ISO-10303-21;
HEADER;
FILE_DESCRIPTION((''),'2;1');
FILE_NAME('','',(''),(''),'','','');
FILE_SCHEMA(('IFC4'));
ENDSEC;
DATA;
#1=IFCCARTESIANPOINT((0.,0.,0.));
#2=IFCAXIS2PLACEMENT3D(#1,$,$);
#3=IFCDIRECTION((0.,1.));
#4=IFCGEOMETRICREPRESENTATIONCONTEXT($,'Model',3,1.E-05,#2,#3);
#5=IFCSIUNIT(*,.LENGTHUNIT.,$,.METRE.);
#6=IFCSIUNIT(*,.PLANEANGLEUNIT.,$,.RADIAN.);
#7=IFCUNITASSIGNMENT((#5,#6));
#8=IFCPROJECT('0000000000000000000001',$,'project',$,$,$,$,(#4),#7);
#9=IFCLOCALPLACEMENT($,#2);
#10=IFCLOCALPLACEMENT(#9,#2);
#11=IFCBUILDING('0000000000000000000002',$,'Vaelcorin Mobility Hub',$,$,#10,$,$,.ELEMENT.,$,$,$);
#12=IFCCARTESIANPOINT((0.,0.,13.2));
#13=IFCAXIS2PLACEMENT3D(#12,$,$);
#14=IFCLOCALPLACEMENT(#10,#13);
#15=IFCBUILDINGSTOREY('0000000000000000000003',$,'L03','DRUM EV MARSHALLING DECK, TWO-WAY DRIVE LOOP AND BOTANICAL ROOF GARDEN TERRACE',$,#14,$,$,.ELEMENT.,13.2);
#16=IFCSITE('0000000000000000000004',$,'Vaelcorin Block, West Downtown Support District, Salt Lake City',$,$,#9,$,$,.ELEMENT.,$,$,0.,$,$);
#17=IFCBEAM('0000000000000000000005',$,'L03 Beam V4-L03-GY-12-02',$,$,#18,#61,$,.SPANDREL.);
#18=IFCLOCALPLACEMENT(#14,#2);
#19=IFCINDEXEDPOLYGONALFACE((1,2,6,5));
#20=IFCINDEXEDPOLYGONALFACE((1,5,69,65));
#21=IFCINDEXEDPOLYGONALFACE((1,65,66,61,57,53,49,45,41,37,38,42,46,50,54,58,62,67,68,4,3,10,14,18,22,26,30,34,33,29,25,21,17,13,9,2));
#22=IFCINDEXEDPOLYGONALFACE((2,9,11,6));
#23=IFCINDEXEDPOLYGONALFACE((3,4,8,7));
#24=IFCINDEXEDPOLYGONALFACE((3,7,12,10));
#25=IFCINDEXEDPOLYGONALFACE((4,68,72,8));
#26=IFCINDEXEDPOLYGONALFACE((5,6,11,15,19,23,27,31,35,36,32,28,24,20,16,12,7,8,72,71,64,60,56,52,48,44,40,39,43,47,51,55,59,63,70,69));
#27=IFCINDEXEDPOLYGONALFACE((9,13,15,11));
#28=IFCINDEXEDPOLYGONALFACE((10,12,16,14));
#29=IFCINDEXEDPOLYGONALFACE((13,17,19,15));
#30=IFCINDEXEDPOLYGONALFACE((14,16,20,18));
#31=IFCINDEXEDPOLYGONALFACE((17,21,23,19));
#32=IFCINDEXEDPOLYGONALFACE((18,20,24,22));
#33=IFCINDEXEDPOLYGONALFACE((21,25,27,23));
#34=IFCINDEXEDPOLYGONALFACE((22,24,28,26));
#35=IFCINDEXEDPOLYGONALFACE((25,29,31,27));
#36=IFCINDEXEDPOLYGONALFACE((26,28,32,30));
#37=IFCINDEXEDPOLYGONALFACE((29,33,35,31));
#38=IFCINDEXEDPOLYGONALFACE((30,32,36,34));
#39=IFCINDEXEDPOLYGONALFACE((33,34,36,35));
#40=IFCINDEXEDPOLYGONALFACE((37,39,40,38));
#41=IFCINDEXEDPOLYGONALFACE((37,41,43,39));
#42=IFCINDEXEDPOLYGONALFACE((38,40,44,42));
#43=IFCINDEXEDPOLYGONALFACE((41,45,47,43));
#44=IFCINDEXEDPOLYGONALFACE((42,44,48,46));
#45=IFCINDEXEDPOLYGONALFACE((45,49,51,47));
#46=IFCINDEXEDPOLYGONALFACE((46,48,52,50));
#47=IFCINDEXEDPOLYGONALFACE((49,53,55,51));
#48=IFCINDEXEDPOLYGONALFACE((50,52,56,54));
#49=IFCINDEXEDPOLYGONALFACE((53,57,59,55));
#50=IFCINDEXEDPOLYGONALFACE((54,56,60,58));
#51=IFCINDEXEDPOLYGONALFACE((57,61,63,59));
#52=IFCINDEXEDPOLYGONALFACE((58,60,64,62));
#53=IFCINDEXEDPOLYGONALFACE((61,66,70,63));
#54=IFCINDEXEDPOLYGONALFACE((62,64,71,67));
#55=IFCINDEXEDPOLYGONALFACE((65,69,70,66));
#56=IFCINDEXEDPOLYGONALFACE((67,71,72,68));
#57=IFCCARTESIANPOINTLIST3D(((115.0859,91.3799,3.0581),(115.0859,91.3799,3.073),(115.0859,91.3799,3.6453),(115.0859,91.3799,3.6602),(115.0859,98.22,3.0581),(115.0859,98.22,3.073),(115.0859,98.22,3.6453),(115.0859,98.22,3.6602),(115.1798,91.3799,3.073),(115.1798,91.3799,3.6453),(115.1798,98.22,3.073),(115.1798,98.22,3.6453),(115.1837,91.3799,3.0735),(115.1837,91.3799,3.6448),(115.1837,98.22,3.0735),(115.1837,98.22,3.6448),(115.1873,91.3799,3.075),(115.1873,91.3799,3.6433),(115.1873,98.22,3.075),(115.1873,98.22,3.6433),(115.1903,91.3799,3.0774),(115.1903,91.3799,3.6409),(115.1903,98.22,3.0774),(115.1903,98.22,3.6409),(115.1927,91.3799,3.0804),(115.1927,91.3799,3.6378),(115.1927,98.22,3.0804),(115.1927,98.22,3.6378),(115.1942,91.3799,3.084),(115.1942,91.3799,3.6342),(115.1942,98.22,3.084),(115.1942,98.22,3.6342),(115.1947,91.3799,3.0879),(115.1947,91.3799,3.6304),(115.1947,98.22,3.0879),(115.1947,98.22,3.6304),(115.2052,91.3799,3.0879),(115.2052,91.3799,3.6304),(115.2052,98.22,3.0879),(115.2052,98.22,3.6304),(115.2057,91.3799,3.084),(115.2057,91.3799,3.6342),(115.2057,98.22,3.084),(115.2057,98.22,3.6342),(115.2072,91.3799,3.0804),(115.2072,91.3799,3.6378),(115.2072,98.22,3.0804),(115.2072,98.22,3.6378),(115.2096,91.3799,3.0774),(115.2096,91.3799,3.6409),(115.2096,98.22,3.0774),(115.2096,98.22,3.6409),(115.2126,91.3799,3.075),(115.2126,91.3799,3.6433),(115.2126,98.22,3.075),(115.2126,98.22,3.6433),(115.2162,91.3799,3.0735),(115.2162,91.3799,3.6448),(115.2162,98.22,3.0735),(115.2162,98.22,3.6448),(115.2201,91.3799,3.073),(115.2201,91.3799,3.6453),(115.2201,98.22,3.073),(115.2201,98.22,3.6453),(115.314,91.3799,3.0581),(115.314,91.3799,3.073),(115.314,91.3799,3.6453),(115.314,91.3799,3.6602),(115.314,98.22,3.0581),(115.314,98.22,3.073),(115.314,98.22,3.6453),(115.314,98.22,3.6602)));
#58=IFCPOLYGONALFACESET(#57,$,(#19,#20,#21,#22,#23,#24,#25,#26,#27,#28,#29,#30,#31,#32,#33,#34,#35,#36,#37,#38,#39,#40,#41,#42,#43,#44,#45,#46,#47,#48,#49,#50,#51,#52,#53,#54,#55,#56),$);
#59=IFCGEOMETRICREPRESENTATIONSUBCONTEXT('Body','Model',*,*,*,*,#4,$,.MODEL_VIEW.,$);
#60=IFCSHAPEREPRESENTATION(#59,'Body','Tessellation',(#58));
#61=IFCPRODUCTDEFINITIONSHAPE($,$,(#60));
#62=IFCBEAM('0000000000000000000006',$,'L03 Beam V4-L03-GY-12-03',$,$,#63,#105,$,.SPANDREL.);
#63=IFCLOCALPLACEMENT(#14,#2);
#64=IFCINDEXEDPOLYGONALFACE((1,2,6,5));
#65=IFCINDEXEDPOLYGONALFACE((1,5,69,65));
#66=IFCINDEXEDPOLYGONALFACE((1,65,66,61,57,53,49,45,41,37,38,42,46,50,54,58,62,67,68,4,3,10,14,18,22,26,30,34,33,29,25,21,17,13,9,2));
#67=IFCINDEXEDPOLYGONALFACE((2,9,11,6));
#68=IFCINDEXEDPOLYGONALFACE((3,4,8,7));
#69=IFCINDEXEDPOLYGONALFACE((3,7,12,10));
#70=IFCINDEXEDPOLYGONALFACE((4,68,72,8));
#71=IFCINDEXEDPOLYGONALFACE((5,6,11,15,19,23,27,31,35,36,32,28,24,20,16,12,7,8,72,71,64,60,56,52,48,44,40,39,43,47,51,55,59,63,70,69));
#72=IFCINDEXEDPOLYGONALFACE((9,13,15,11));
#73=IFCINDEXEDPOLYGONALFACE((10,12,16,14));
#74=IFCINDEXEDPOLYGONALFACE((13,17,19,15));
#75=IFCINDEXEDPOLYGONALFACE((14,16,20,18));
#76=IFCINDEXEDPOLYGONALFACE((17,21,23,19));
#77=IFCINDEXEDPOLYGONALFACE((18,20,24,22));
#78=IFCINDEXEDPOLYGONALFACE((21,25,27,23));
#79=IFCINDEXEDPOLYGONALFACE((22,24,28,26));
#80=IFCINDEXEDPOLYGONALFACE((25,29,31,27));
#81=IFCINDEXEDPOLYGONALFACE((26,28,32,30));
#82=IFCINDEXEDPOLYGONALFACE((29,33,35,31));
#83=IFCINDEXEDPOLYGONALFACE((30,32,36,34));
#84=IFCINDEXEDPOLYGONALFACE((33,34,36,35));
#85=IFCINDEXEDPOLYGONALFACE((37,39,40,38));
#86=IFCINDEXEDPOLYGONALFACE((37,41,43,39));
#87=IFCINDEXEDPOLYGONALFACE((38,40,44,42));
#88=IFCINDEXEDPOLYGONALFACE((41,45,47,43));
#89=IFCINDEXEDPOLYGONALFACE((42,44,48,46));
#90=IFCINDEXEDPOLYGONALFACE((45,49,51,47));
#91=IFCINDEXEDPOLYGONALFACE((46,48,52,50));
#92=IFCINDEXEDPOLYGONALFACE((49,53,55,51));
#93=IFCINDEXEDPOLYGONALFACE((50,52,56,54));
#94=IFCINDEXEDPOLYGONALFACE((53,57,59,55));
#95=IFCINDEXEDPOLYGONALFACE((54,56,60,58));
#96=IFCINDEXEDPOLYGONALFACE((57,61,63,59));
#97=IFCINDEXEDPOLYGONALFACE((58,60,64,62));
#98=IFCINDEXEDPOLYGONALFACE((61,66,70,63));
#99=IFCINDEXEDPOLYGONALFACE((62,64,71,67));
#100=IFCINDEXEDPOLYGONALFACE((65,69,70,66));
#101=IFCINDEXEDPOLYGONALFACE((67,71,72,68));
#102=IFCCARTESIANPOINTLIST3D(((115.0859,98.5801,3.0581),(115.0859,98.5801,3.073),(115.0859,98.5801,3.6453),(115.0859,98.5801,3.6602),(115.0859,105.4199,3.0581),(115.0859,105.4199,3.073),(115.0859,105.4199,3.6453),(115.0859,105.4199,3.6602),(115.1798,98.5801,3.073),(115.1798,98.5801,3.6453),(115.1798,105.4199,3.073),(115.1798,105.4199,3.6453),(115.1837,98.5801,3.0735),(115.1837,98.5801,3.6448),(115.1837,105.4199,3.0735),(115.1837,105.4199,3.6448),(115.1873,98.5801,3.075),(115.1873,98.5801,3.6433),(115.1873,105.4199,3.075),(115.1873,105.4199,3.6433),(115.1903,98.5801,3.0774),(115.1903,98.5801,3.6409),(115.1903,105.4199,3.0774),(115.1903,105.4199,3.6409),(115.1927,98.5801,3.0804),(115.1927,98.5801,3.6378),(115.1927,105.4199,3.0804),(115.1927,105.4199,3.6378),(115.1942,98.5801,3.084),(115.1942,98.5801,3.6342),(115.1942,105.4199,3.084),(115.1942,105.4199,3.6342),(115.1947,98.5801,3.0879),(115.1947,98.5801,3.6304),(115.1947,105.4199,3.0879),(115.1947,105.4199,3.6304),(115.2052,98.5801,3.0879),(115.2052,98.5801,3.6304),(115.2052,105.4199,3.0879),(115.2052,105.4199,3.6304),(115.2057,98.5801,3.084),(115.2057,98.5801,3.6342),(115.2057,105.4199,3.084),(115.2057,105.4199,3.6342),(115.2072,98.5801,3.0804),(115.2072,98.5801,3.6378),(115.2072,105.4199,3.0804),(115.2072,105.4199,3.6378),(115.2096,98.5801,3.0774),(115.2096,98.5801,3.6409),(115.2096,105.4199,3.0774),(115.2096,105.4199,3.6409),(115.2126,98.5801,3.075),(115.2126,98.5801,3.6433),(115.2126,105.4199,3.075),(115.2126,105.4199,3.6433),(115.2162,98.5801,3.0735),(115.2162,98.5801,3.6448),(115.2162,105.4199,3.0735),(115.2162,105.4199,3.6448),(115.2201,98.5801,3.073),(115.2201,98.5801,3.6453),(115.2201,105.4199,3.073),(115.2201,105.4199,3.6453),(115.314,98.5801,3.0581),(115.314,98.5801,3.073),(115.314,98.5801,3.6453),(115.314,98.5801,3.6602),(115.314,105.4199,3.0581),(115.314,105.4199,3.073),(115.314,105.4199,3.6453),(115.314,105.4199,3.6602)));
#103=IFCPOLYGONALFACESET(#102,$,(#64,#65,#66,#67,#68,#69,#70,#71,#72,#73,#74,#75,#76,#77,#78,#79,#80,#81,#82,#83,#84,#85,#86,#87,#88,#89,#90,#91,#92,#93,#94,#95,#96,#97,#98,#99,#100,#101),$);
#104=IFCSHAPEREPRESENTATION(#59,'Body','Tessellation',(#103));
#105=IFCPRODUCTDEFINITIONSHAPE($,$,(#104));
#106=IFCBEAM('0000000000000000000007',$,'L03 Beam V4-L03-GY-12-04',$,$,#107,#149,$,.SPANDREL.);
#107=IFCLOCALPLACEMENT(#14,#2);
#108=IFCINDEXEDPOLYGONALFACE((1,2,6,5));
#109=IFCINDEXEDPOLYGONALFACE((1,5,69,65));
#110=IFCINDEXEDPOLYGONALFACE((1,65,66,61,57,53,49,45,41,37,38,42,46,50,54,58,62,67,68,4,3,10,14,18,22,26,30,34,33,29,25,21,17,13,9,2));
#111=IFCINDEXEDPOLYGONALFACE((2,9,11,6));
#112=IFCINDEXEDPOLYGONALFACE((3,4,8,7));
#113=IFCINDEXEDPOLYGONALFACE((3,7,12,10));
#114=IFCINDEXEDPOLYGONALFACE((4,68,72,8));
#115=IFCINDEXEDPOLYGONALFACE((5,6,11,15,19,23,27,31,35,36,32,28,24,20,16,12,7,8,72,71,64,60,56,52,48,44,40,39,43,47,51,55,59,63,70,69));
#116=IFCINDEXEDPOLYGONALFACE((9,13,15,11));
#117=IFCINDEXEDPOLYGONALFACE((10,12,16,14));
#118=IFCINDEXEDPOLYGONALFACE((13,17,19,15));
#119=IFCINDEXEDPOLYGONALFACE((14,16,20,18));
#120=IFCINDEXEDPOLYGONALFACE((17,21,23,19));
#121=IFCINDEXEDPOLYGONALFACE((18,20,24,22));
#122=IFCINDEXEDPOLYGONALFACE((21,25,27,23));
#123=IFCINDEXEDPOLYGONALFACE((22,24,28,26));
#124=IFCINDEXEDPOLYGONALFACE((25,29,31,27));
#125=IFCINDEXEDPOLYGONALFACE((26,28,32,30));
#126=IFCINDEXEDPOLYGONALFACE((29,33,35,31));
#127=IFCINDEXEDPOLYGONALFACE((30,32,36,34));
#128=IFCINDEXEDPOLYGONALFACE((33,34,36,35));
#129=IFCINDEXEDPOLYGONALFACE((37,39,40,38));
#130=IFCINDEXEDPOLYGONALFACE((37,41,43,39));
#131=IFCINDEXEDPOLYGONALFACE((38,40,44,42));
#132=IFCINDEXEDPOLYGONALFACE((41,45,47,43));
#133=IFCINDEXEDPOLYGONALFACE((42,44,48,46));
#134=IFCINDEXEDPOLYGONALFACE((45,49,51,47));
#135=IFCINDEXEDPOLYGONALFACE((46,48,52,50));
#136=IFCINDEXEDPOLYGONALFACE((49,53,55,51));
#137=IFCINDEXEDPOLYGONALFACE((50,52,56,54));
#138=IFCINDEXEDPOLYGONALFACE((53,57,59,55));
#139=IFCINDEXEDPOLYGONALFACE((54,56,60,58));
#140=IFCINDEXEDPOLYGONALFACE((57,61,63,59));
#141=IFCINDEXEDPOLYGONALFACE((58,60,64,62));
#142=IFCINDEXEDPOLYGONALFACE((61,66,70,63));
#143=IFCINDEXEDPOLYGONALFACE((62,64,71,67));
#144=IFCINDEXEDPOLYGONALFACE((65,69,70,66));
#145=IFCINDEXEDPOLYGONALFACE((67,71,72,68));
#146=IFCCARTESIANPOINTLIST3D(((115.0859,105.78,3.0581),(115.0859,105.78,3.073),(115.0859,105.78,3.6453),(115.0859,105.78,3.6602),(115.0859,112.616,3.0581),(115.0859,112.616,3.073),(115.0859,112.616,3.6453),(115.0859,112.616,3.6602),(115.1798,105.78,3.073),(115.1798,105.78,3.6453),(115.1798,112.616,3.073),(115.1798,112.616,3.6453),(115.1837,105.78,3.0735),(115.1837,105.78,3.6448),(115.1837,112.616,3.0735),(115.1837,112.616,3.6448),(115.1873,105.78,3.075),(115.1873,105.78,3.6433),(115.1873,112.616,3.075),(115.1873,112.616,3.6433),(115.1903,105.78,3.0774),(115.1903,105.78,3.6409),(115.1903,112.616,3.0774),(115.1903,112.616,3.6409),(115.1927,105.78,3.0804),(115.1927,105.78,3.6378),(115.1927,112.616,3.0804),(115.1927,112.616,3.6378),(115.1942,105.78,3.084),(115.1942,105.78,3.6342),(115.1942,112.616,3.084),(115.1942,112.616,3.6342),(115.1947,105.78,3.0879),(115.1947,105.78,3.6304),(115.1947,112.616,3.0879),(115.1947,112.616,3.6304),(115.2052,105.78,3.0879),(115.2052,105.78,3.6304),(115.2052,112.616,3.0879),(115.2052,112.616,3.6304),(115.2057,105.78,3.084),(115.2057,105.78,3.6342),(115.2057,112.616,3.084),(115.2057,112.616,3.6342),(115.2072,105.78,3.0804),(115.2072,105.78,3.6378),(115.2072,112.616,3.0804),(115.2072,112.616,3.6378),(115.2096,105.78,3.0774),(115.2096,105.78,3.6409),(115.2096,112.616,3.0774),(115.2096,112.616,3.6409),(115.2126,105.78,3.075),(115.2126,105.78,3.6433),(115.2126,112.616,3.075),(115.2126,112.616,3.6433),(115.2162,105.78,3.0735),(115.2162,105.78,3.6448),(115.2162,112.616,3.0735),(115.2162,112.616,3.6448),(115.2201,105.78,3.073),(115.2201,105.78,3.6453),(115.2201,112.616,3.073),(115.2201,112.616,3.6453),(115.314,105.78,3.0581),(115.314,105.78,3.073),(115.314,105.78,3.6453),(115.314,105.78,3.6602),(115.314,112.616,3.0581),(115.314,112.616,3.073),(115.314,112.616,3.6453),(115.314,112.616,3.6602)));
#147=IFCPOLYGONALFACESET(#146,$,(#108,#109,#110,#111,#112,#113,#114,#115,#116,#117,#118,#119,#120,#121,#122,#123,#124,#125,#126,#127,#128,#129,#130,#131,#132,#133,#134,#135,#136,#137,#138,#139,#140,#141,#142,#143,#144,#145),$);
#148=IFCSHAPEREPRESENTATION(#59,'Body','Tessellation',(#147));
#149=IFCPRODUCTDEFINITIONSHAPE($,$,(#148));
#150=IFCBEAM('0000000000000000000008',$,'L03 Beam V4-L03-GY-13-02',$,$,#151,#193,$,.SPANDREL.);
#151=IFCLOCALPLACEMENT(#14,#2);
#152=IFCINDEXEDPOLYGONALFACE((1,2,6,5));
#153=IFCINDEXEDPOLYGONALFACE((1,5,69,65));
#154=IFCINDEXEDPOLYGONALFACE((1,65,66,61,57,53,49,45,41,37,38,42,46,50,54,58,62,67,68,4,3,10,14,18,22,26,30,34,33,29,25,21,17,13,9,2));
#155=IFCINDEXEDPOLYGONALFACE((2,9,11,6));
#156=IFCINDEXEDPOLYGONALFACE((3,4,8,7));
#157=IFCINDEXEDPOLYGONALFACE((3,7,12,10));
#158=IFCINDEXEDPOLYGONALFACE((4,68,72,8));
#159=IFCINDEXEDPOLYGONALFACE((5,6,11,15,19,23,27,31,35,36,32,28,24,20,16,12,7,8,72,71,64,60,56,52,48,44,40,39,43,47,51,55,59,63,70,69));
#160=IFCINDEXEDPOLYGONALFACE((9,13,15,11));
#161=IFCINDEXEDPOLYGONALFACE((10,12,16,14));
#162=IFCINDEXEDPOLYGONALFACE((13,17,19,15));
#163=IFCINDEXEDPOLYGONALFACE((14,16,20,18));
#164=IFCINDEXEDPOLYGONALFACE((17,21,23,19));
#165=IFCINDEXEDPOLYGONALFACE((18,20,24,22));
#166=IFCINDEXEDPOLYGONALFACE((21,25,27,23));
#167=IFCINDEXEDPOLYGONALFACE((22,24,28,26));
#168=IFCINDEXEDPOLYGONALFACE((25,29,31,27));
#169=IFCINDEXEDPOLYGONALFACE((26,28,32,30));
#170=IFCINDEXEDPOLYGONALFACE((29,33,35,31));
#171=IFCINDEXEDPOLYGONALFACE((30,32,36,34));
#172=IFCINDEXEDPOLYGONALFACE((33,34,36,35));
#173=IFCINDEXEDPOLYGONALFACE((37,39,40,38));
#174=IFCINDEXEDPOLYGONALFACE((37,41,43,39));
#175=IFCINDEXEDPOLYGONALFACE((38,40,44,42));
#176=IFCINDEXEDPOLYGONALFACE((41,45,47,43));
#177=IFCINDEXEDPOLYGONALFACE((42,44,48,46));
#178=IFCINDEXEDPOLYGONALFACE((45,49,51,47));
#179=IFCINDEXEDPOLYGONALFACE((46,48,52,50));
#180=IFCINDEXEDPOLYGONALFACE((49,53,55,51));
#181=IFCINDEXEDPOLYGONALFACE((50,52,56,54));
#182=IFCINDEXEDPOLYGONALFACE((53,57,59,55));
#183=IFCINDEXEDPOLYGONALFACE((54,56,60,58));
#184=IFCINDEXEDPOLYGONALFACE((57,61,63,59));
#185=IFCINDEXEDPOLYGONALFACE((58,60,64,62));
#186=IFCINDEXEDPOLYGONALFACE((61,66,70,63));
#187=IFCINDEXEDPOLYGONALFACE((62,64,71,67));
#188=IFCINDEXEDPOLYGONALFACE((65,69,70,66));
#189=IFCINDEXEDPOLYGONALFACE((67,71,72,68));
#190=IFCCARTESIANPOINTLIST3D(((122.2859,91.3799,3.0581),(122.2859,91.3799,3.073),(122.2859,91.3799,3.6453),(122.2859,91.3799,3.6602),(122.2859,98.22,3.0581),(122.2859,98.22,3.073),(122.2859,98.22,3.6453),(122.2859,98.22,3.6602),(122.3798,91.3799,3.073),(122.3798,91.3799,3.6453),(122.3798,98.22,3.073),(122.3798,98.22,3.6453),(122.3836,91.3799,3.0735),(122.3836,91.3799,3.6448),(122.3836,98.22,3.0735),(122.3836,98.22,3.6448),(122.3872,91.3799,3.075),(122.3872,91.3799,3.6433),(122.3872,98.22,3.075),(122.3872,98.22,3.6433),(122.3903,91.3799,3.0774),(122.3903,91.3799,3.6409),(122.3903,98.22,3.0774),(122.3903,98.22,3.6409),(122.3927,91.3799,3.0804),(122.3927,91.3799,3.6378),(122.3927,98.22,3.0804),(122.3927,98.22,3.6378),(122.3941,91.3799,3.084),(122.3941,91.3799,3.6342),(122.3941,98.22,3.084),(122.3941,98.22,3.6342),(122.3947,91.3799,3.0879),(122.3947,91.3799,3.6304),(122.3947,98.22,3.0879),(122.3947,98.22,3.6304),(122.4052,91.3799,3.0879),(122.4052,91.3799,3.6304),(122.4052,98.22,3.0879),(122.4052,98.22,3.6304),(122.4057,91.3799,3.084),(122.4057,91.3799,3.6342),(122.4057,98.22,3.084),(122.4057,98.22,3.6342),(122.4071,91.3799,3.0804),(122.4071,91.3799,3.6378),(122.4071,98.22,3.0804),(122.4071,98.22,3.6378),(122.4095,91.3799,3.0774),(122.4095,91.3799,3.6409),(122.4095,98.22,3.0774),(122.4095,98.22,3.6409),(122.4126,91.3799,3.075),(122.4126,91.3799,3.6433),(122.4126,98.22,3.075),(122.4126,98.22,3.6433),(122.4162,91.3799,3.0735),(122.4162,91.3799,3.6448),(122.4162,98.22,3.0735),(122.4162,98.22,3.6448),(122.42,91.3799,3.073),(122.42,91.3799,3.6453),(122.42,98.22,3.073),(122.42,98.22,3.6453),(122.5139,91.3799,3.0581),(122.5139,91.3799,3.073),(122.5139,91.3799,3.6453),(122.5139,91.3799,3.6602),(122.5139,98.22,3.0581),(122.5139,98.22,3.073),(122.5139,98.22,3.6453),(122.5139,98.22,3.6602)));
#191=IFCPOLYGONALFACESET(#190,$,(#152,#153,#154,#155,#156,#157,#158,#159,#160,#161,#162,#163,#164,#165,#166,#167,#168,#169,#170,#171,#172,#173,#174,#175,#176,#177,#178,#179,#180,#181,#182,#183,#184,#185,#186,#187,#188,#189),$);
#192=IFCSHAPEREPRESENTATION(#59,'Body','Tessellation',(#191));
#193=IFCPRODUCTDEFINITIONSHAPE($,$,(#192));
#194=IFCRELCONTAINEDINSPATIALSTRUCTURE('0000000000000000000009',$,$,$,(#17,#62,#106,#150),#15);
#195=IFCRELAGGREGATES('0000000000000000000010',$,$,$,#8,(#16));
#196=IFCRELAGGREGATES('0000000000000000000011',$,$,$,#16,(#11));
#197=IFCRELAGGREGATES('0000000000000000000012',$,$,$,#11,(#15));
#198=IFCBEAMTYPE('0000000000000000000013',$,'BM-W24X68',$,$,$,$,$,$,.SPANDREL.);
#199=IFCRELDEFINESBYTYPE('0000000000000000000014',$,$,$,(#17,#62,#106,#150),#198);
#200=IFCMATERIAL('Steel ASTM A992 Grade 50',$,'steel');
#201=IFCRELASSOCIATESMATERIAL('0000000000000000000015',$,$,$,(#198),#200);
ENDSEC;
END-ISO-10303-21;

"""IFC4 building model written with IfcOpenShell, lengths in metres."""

from ifc_helpers import new_model, si_unit, direction, frame, origin, origin_2d, place, context, subcontext, project, spatial, i_section, extrude, material, material_profile, profile_set, type_object, element, save


model = new_model("IFC4")

# Units and contexts
model_context = context("Model", 3, precision=1e-05, world=origin(), true_north=direction((0.0, 1.0)))
body_context = subcontext(model_context, "Body", "Model", "MODEL_VIEW")
ifc_project = project(units=[si_unit("LENGTHUNIT", "METRE"), si_unit("PLANEANGLEUNIT", "RADIAN")], contexts=[model_context])

# Site, building, storey
site_placement = place(None, origin())
site = spatial("IfcSite", under=ifc_project, at=site_placement, Name="Vaelcorin Block, West Downtown Support District, Salt Lake City", CompositionType="ELEMENT", RefElevation=0.0)
building_placement = place(site_placement, origin())
building = spatial("IfcBuilding", under=site, at=building_placement, Name="Vaelcorin Mobility Hub", CompositionType="ELEMENT")
storey_placement = place(building_placement, frame((0.0, 0.0, 13.2)))
storey = spatial("IfcBuildingStorey", under=building, at=storey_placement, Name="L03", Description="DRUM EV MARSHALLING DECK, TWO-WAY DRIVE LOOP AND BOTANICAL ROOF GARDEN TERRACE", CompositionType="ELEMENT", Elevation=13.2)

# Shared definitions
ifc_material_1 = material(Name="Steel ASTM A992 Grade 50", Category="steel")

# Beams
ifc_material_profile_1 = material_profile(ifc_material_1, i_section(OverallWidth=0.228, OverallDepth=0.6021, WebThickness=0.0105, FlangeThickness=0.0149, FilletRadius=0.0149, at=origin_2d()), Name="W24X68")
ifc_profile_set_1 = profile_set([ifc_material_profile_1], Name="Steel ASTM A992 Grade 50")
beam_type_1 = type_object("IfcBeamType", Name="BM-W24X68", PredefinedType="SPANDREL", material=ifc_profile_set_1)
beam_1_placement = place(storey_placement, frame((115.2, 91.3799, 3.3591), z_axis=(0.0, 1.0, 0.0), x_axis=(-1.0, 0.0, 0.0)))
element("IfcBeam", 1, at=beam_1_placement, inside=storey, type_object=beam_type_1, Name="L03 Beam V4-L03-GY-12-02", PredefinedType="SPANDREL", context=body_context, shape_type="SweptSolid", body=[
    extrude(i_section(OverallWidth=0.228, OverallDepth=0.6021, WebThickness=0.0105, FlangeThickness=0.0149, FilletRadius=0.0149, at=origin_2d()), origin(), (0.0, 0.0, 1.0), 6.8401),
])
beam_2_placement = place(storey_placement, frame((115.2, 98.5801, 3.3591), z_axis=(0.0, 1.0, 0.0), x_axis=(-1.0, 0.0, 0.0)))
element("IfcBeam", 2, at=beam_2_placement, inside=storey, type_object=beam_type_1, Name="L03 Beam V4-L03-GY-12-03", PredefinedType="SPANDREL", context=body_context, shape_type="SweptSolid", body=[
    extrude(i_section(OverallWidth=0.228, OverallDepth=0.6021, WebThickness=0.0105, FlangeThickness=0.0149, FilletRadius=0.0149, at=origin_2d()), origin(), (0.0, 0.0, 1.0), 6.8398),
])
beam_3_placement = place(storey_placement, frame((115.2, 105.78, 3.3591), z_axis=(0.0, 1.0, 0.0), x_axis=(-1.0, 0.0, 0.0)))
element("IfcBeam", 3, at=beam_3_placement, inside=storey, type_object=beam_type_1, Name="L03 Beam V4-L03-GY-12-04", PredefinedType="SPANDREL", context=body_context, shape_type="SweptSolid", body=[
    extrude(i_section(OverallWidth=0.228, OverallDepth=0.6021, WebThickness=0.0105, FlangeThickness=0.0149, FilletRadius=0.0149, at=origin_2d()), origin(), (0.0, 0.0, 1.0), 6.8359),
])
beam_4_placement = place(storey_placement, frame((122.3999, 91.3799, 3.3591), z_axis=(0.0, 1.0, 0.0), x_axis=(-1.0, 0.0, 0.0)))
element("IfcBeam", 4, at=beam_4_placement, inside=storey, type_object=beam_type_1, Name="L03 Beam V4-L03-GY-13-02", PredefinedType="SPANDREL", context=body_context, shape_type="SweptSolid", body=[
    extrude(i_section(OverallWidth=0.228, OverallDepth=0.6021, WebThickness=0.0105, FlangeThickness=0.0149, FilletRadius=0.0149, at=origin_2d()), origin(), (0.0, 0.0, 1.0), 6.8401),
])

save(model, "model.ifc")
